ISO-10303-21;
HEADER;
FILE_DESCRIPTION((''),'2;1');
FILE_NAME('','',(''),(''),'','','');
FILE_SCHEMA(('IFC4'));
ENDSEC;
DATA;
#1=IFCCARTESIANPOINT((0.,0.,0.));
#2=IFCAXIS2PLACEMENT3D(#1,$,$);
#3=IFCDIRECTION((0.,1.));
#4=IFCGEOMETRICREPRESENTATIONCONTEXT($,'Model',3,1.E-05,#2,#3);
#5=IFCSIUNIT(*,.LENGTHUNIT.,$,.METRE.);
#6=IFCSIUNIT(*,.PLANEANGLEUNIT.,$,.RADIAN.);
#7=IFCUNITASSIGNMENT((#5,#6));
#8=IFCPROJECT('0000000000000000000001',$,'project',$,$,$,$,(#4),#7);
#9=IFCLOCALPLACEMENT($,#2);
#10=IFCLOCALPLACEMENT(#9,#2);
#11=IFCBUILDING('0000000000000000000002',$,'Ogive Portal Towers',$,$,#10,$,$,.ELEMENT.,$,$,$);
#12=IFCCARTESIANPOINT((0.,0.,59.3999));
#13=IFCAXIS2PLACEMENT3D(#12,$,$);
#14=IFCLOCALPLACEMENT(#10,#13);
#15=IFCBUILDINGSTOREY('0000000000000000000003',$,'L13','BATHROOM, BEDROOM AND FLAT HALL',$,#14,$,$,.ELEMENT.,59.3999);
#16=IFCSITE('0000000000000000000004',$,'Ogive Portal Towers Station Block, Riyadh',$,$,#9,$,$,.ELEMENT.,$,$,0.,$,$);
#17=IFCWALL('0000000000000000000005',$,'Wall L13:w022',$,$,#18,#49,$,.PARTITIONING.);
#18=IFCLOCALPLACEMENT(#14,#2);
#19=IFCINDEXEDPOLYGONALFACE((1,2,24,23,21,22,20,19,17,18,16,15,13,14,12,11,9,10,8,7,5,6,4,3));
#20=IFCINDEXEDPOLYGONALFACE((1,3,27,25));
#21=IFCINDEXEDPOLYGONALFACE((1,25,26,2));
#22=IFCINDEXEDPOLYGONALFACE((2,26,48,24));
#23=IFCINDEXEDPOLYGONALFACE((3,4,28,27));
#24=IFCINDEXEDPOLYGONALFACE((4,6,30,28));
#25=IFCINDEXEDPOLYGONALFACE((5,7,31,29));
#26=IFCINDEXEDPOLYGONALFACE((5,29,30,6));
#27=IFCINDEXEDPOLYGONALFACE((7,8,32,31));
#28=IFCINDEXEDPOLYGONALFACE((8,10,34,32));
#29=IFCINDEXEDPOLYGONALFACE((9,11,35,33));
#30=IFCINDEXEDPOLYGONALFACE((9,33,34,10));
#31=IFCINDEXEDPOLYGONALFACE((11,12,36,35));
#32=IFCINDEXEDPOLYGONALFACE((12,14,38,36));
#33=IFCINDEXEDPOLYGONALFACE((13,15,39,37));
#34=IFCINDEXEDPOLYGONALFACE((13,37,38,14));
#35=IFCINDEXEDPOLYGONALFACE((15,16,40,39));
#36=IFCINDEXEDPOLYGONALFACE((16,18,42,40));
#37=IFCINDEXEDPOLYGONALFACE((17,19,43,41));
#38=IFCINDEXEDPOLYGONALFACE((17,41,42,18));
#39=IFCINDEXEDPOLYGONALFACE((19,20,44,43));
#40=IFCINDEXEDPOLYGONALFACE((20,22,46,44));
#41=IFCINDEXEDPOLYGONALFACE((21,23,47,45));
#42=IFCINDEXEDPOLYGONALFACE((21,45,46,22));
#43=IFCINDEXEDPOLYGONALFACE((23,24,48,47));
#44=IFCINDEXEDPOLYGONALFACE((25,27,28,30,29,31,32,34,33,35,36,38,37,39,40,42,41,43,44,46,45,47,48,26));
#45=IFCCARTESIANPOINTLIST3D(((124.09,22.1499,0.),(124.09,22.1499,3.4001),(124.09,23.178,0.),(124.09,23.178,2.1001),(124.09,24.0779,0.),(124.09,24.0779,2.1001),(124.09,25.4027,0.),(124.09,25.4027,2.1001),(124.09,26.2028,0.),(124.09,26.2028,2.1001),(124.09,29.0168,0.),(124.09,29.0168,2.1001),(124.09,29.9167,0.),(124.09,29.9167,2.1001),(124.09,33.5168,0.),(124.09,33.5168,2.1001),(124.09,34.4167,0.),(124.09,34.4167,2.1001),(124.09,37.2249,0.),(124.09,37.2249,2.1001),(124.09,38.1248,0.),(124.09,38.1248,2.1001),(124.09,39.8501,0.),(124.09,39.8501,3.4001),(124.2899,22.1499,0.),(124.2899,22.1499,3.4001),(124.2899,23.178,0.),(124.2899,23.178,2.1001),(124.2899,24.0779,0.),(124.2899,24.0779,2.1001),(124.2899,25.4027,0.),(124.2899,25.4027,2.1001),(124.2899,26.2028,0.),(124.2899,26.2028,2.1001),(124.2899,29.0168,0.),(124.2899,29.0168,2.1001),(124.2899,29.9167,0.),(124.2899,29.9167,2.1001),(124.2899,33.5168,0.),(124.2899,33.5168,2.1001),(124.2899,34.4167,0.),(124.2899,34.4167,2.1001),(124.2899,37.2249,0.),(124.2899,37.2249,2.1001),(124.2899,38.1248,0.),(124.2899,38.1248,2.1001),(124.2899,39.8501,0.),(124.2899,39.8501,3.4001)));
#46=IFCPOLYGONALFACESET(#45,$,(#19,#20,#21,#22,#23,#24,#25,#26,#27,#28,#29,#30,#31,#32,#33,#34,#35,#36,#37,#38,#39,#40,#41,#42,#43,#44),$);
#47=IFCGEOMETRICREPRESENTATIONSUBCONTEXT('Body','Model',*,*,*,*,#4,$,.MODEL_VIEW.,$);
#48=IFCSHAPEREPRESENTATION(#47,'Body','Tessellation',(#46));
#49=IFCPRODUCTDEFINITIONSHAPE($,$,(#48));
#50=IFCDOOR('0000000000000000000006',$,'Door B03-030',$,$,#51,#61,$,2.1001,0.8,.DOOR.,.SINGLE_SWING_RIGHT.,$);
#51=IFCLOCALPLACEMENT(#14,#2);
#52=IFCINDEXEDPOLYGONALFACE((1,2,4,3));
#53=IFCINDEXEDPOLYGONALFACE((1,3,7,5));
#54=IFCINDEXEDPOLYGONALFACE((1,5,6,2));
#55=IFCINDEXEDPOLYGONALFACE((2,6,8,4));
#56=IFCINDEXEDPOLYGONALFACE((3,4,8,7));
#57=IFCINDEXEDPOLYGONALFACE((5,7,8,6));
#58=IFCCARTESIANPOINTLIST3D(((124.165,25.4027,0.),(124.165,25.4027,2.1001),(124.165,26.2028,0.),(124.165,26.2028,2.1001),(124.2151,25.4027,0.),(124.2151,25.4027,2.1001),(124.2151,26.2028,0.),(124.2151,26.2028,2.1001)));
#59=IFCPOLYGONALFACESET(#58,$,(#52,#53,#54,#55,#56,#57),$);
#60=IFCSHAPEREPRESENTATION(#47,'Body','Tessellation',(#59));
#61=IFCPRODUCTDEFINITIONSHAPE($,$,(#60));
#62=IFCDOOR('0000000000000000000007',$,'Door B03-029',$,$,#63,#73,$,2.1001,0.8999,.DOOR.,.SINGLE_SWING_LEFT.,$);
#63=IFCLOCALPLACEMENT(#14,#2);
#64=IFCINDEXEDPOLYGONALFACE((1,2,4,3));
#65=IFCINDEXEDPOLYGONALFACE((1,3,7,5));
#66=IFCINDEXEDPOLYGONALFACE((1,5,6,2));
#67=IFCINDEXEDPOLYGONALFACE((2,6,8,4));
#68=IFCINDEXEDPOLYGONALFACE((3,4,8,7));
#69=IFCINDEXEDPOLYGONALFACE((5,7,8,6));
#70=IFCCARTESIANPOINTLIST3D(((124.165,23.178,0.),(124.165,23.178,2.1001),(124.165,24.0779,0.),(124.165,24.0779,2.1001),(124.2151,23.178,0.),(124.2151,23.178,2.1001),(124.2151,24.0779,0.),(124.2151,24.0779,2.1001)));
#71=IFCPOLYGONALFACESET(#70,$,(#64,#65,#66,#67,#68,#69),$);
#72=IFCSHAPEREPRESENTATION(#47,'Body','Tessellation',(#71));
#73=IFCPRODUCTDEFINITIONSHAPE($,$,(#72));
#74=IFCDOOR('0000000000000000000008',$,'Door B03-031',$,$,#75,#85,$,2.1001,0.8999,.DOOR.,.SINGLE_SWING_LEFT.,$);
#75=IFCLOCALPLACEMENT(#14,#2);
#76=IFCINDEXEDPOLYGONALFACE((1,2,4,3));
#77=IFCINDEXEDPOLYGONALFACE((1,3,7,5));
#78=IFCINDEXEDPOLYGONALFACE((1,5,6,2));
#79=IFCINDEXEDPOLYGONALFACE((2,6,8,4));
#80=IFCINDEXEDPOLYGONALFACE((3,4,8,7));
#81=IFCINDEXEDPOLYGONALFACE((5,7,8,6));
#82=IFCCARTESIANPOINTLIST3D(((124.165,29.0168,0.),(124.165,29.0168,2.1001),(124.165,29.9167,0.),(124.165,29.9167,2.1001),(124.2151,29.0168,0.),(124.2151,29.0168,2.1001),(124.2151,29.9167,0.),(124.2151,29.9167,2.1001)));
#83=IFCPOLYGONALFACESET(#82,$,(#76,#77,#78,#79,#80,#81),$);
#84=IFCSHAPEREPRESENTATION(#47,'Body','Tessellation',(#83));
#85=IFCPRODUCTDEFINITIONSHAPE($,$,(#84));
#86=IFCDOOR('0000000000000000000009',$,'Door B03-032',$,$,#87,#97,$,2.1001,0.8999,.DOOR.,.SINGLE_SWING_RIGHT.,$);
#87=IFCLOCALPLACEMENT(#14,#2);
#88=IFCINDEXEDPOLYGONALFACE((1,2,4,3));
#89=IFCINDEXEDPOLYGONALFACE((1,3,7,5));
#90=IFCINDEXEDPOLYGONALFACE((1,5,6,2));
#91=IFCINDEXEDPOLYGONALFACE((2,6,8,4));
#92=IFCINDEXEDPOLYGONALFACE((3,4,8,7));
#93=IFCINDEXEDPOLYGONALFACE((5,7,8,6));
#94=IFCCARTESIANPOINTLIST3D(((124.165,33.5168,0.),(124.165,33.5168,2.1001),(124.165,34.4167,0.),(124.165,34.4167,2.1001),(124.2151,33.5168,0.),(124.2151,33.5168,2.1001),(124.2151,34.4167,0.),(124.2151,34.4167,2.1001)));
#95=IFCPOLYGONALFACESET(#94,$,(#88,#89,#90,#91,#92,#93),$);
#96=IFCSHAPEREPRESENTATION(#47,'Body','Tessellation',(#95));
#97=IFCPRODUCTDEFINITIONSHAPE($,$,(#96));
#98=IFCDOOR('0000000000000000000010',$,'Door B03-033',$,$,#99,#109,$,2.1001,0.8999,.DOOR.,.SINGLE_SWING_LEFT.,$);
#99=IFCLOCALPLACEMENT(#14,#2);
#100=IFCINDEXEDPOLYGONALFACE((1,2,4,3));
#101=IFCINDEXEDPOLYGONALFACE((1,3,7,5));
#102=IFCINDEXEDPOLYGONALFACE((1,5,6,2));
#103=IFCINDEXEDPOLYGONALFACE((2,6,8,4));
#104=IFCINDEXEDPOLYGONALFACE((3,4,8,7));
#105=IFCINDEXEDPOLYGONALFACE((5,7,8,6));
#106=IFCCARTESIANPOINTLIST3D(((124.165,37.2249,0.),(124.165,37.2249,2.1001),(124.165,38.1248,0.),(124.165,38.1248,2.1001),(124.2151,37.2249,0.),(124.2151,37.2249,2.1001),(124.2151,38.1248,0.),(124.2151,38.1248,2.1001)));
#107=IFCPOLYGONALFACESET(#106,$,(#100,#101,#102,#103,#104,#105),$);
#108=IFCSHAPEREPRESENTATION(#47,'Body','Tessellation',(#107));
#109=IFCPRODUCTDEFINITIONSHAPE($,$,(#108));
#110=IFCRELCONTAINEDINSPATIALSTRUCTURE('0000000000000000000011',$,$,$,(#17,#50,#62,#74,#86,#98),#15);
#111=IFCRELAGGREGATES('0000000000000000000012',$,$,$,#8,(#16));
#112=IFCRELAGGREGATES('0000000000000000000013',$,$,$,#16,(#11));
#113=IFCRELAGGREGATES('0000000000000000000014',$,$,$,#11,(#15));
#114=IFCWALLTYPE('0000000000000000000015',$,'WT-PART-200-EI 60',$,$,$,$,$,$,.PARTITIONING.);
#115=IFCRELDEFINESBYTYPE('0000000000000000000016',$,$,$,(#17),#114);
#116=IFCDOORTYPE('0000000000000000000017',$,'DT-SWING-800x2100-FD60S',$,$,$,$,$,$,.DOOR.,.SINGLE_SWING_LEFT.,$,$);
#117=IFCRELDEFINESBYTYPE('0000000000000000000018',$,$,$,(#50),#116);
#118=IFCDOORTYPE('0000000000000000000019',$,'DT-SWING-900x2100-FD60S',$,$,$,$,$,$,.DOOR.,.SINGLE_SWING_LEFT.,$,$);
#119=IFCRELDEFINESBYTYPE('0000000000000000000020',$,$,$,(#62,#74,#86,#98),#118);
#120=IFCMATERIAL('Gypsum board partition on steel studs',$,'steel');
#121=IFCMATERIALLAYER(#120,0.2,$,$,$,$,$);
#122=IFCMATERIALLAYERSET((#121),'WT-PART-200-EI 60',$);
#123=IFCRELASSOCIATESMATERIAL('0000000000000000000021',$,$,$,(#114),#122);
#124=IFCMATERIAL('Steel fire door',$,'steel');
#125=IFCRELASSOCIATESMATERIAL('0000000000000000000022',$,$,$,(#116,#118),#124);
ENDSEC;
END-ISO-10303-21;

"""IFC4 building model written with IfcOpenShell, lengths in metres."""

from ifc_helpers import new_model, si_unit, direction, frame, frame_2d, origin, place, context, subcontext, project, spatial, rectangle, extrude, material, layer, layer_set, type_object, element, fill, save


model = new_model("IFC4")

# Units and contexts
model_context = context("Model", 3, precision=1e-05, world=origin(), true_north=direction((0.0, 1.0)))
body_context = subcontext(model_context, "Body", "Model", "MODEL_VIEW")
ifc_project = project(units=[si_unit("LENGTHUNIT", "METRE"), si_unit("PLANEANGLEUNIT", "RADIAN")], contexts=[model_context])

# Site, building, storey
site_placement = place(None, origin())
site = spatial("IfcSite", under=ifc_project, at=site_placement, Name="Ogive Portal Towers Station Block, Riyadh", CompositionType="ELEMENT", RefElevation=0.0)
building_placement = place(site_placement, origin())
building = spatial("IfcBuilding", under=site, at=building_placement, Name="Ogive Portal Towers", CompositionType="ELEMENT")
storey_placement = place(building_placement, frame((0.0, 0.0, 59.3999)))
storey = spatial("IfcBuildingStorey", under=building, at=storey_placement, Name="L13", Description="BATHROOM, BEDROOM AND FLAT HALL", CompositionType="ELEMENT", Elevation=59.3999)

# Shared definitions
ifc_material_1 = material(Name="Steel fire door", Category="steel")

# Shared definitions
ifc_material_2 = material(Name="Gypsum board partition on steel studs", Category="steel")
ifc_layer_1 = layer(ifc_material_2, 0.2)
ifc_layer_set_1 = layer_set([ifc_layer_1], Name="WT-PART-200-EI 60")
wall_type_1 = type_object("IfcWallType", Name="WT-PART-200-EI 60", PredefinedType="PARTITIONING", material=ifc_layer_set_1)

# Wall, openings, doors
wall_1_placement = place(storey_placement, frame((124.1899, 22.1499, 0.0), z_axis=(0.0, 0.0, 1.0), x_axis=(0.0, 1.0, 0.0)))
wall_1 = element("IfcWall", 1, at=wall_1_placement, inside=storey, type_object=wall_type_1, Name="Wall L13:w022", PredefinedType="PARTITIONING", context=body_context, shape_type="SweptSolid", body=[
    extrude(rectangle(XDim=17.7002, YDim=0.2, at=frame_2d((8.8501, 0.0))), origin(), (0.0, 0.0, 1.0), 3.4001),
])
opening_1_placement = place(wall_1_placement, frame((1.0281, 0.0, 0.0)))
opening_1 = element("IfcOpeningElement", 2, at=opening_1_placement, cuts=wall_1, PredefinedType="OPENING", context=body_context, shape_type="SweptSolid", body=[
    extrude(rectangle(XDim=0.8999, YDim=2.1001, at=frame_2d((0.45, 1.05))), frame((0.0, 0.1099, 0.0), z_axis=(0.0, -1.0, 0.0), x_axis=(1.0, 0.0, 0.0)), (0.0, 0.0, 1.0), 0.22),
])
opening_2_placement = place(wall_1_placement, frame((3.2529, 0.0, 0.0)))
opening_2 = element("IfcOpeningElement", 3, at=opening_2_placement, cuts=wall_1, PredefinedType="OPENING", context=body_context, shape_type="SweptSolid", body=[
    extrude(rectangle(XDim=0.8, YDim=2.1001, at=frame_2d((0.3999, 1.05))), frame((0.0, 0.1099, 0.0), z_axis=(0.0, -1.0, 0.0), x_axis=(1.0, 0.0, 0.0)), (0.0, 0.0, 1.0), 0.22),
])
opening_3_placement = place(wall_1_placement, frame((6.8669, 0.0, 0.0)))
opening_3 = element("IfcOpeningElement", 4, at=opening_3_placement, cuts=wall_1, PredefinedType="OPENING", context=body_context, shape_type="SweptSolid", body=[
    extrude(rectangle(XDim=0.8999, YDim=2.1001, at=frame_2d((0.45, 1.05))), frame((0.0, 0.1099, 0.0), z_axis=(0.0, -1.0, 0.0), x_axis=(1.0, 0.0, 0.0)), (0.0, 0.0, 1.0), 0.22),
])
opening_4_placement = place(wall_1_placement, frame((11.3669, 0.0, 0.0)))
opening_4 = element("IfcOpeningElement", 5, at=opening_4_placement, cuts=wall_1, PredefinedType="OPENING", context=body_context, shape_type="SweptSolid", body=[
    extrude(rectangle(XDim=0.8999, YDim=2.1001, at=frame_2d((0.45, 1.05))), frame((0.0, 0.1099, 0.0), z_axis=(0.0, -1.0, 0.0), x_axis=(1.0, 0.0, 0.0)), (0.0, 0.0, 1.0), 0.22),
])
opening_5_placement = place(wall_1_placement, frame((15.075, 0.0, 0.0)))
opening_5 = element("IfcOpeningElement", 6, at=opening_5_placement, cuts=wall_1, PredefinedType="OPENING", context=body_context, shape_type="SweptSolid", body=[
    extrude(rectangle(XDim=0.8999, YDim=2.1001, at=frame_2d((0.45, 1.05))), frame((0.0, 0.1099, 0.0), z_axis=(0.0, -1.0, 0.0), x_axis=(1.0, 0.0, 0.0)), (0.0, 0.0, 1.0), 0.22),
])
door_type_1 = type_object("IfcDoorType", Name="DT-SWING-800x2100-FD60S", OperationType="SINGLE_SWING_LEFT", PredefinedType="DOOR", material=ifc_material_1)
door_1_placement = place(opening_2_placement, origin())
door_1 = element("IfcDoor", 7, at=door_1_placement, inside=storey, type_object=door_type_1, Name="Door B03-030", OperationType="SINGLE_SWING_RIGHT", OverallHeight=2.1001, OverallWidth=0.8, PredefinedType="DOOR", context=body_context, shape_type="SweptSolid", body=[
    extrude(rectangle(XDim=0.8, YDim=2.1001, at=frame_2d((0.3999, 1.05))), frame((0.0, 0.0249, 0.0), z_axis=(0.0, -1.0, 0.0), x_axis=(1.0, 0.0, 0.0)), (0.0, 0.0, 1.0), 0.05),
])
fill(opening_2, door_1)
door_type_2 = type_object("IfcDoorType", Name="DT-SWING-900x2100-FD60S", OperationType="SINGLE_SWING_LEFT", PredefinedType="DOOR", material=ifc_material_1)
door_2_placement = place(opening_1_placement, origin())
door_2 = element("IfcDoor", 8, at=door_2_placement, inside=storey, type_object=door_type_2, Name="Door B03-029", OperationType="SINGLE_SWING_LEFT", OverallHeight=2.1001, OverallWidth=0.8999, PredefinedType="DOOR", context=body_context, shape_type="SweptSolid", body=[
    extrude(rectangle(XDim=0.8999, YDim=2.1001, at=frame_2d((0.45, 1.05))), frame((0.0, 0.0249, 0.0), z_axis=(0.0, -1.0, 0.0), x_axis=(1.0, 0.0, 0.0)), (0.0, 0.0, 1.0), 0.05),
])
fill(opening_1, door_2)
door_3_placement = place(opening_3_placement, origin())
door_3 = element("IfcDoor", 9, at=door_3_placement, inside=storey, type_object=door_type_2, Name="Door B03-031", OperationType="SINGLE_SWING_LEFT", OverallHeight=2.1001, OverallWidth=0.8999, PredefinedType="DOOR", context=body_context, shape_type="SweptSolid", body=[
    extrude(rectangle(XDim=0.8999, YDim=2.1001, at=frame_2d((0.45, 1.05))), frame((0.0, 0.0249, 0.0), z_axis=(0.0, -1.0, 0.0), x_axis=(1.0, 0.0, 0.0)), (0.0, 0.0, 1.0), 0.05),
])
fill(opening_3, door_3)
door_4_placement = place(opening_4_placement, origin())
door_4 = element("IfcDoor", 10, at=door_4_placement, inside=storey, type_object=door_type_2, Name="Door B03-032", OperationType="SINGLE_SWING_RIGHT", OverallHeight=2.1001, OverallWidth=0.8999, PredefinedType="DOOR", context=body_context, shape_type="SweptSolid", body=[
    extrude(rectangle(XDim=0.8999, YDim=2.1001, at=frame_2d((0.45, 1.05))), frame((0.0, 0.0249, 0.0), z_axis=(0.0, -1.0, 0.0), x_axis=(1.0, 0.0, 0.0)), (0.0, 0.0, 1.0), 0.05),
])
fill(opening_4, door_4)
door_5_placement = place(opening_5_placement, origin())
door_5 = element("IfcDoor", 11, at=door_5_placement, inside=storey, type_object=door_type_2, Name="Door B03-033", OperationType="SINGLE_SWING_LEFT", OverallHeight=2.1001, OverallWidth=0.8999, PredefinedType="DOOR", context=body_context, shape_type="SweptSolid", body=[
    extrude(rectangle(XDim=0.8999, YDim=2.1001, at=frame_2d((0.45, 1.05))), frame((0.0, 0.0249, 0.0), z_axis=(0.0, -1.0, 0.0), x_axis=(1.0, 0.0, 0.0)), (0.0, 0.0, 1.0), 0.05),
])
fill(opening_5, door_5)

save(model, "model.ifc")
